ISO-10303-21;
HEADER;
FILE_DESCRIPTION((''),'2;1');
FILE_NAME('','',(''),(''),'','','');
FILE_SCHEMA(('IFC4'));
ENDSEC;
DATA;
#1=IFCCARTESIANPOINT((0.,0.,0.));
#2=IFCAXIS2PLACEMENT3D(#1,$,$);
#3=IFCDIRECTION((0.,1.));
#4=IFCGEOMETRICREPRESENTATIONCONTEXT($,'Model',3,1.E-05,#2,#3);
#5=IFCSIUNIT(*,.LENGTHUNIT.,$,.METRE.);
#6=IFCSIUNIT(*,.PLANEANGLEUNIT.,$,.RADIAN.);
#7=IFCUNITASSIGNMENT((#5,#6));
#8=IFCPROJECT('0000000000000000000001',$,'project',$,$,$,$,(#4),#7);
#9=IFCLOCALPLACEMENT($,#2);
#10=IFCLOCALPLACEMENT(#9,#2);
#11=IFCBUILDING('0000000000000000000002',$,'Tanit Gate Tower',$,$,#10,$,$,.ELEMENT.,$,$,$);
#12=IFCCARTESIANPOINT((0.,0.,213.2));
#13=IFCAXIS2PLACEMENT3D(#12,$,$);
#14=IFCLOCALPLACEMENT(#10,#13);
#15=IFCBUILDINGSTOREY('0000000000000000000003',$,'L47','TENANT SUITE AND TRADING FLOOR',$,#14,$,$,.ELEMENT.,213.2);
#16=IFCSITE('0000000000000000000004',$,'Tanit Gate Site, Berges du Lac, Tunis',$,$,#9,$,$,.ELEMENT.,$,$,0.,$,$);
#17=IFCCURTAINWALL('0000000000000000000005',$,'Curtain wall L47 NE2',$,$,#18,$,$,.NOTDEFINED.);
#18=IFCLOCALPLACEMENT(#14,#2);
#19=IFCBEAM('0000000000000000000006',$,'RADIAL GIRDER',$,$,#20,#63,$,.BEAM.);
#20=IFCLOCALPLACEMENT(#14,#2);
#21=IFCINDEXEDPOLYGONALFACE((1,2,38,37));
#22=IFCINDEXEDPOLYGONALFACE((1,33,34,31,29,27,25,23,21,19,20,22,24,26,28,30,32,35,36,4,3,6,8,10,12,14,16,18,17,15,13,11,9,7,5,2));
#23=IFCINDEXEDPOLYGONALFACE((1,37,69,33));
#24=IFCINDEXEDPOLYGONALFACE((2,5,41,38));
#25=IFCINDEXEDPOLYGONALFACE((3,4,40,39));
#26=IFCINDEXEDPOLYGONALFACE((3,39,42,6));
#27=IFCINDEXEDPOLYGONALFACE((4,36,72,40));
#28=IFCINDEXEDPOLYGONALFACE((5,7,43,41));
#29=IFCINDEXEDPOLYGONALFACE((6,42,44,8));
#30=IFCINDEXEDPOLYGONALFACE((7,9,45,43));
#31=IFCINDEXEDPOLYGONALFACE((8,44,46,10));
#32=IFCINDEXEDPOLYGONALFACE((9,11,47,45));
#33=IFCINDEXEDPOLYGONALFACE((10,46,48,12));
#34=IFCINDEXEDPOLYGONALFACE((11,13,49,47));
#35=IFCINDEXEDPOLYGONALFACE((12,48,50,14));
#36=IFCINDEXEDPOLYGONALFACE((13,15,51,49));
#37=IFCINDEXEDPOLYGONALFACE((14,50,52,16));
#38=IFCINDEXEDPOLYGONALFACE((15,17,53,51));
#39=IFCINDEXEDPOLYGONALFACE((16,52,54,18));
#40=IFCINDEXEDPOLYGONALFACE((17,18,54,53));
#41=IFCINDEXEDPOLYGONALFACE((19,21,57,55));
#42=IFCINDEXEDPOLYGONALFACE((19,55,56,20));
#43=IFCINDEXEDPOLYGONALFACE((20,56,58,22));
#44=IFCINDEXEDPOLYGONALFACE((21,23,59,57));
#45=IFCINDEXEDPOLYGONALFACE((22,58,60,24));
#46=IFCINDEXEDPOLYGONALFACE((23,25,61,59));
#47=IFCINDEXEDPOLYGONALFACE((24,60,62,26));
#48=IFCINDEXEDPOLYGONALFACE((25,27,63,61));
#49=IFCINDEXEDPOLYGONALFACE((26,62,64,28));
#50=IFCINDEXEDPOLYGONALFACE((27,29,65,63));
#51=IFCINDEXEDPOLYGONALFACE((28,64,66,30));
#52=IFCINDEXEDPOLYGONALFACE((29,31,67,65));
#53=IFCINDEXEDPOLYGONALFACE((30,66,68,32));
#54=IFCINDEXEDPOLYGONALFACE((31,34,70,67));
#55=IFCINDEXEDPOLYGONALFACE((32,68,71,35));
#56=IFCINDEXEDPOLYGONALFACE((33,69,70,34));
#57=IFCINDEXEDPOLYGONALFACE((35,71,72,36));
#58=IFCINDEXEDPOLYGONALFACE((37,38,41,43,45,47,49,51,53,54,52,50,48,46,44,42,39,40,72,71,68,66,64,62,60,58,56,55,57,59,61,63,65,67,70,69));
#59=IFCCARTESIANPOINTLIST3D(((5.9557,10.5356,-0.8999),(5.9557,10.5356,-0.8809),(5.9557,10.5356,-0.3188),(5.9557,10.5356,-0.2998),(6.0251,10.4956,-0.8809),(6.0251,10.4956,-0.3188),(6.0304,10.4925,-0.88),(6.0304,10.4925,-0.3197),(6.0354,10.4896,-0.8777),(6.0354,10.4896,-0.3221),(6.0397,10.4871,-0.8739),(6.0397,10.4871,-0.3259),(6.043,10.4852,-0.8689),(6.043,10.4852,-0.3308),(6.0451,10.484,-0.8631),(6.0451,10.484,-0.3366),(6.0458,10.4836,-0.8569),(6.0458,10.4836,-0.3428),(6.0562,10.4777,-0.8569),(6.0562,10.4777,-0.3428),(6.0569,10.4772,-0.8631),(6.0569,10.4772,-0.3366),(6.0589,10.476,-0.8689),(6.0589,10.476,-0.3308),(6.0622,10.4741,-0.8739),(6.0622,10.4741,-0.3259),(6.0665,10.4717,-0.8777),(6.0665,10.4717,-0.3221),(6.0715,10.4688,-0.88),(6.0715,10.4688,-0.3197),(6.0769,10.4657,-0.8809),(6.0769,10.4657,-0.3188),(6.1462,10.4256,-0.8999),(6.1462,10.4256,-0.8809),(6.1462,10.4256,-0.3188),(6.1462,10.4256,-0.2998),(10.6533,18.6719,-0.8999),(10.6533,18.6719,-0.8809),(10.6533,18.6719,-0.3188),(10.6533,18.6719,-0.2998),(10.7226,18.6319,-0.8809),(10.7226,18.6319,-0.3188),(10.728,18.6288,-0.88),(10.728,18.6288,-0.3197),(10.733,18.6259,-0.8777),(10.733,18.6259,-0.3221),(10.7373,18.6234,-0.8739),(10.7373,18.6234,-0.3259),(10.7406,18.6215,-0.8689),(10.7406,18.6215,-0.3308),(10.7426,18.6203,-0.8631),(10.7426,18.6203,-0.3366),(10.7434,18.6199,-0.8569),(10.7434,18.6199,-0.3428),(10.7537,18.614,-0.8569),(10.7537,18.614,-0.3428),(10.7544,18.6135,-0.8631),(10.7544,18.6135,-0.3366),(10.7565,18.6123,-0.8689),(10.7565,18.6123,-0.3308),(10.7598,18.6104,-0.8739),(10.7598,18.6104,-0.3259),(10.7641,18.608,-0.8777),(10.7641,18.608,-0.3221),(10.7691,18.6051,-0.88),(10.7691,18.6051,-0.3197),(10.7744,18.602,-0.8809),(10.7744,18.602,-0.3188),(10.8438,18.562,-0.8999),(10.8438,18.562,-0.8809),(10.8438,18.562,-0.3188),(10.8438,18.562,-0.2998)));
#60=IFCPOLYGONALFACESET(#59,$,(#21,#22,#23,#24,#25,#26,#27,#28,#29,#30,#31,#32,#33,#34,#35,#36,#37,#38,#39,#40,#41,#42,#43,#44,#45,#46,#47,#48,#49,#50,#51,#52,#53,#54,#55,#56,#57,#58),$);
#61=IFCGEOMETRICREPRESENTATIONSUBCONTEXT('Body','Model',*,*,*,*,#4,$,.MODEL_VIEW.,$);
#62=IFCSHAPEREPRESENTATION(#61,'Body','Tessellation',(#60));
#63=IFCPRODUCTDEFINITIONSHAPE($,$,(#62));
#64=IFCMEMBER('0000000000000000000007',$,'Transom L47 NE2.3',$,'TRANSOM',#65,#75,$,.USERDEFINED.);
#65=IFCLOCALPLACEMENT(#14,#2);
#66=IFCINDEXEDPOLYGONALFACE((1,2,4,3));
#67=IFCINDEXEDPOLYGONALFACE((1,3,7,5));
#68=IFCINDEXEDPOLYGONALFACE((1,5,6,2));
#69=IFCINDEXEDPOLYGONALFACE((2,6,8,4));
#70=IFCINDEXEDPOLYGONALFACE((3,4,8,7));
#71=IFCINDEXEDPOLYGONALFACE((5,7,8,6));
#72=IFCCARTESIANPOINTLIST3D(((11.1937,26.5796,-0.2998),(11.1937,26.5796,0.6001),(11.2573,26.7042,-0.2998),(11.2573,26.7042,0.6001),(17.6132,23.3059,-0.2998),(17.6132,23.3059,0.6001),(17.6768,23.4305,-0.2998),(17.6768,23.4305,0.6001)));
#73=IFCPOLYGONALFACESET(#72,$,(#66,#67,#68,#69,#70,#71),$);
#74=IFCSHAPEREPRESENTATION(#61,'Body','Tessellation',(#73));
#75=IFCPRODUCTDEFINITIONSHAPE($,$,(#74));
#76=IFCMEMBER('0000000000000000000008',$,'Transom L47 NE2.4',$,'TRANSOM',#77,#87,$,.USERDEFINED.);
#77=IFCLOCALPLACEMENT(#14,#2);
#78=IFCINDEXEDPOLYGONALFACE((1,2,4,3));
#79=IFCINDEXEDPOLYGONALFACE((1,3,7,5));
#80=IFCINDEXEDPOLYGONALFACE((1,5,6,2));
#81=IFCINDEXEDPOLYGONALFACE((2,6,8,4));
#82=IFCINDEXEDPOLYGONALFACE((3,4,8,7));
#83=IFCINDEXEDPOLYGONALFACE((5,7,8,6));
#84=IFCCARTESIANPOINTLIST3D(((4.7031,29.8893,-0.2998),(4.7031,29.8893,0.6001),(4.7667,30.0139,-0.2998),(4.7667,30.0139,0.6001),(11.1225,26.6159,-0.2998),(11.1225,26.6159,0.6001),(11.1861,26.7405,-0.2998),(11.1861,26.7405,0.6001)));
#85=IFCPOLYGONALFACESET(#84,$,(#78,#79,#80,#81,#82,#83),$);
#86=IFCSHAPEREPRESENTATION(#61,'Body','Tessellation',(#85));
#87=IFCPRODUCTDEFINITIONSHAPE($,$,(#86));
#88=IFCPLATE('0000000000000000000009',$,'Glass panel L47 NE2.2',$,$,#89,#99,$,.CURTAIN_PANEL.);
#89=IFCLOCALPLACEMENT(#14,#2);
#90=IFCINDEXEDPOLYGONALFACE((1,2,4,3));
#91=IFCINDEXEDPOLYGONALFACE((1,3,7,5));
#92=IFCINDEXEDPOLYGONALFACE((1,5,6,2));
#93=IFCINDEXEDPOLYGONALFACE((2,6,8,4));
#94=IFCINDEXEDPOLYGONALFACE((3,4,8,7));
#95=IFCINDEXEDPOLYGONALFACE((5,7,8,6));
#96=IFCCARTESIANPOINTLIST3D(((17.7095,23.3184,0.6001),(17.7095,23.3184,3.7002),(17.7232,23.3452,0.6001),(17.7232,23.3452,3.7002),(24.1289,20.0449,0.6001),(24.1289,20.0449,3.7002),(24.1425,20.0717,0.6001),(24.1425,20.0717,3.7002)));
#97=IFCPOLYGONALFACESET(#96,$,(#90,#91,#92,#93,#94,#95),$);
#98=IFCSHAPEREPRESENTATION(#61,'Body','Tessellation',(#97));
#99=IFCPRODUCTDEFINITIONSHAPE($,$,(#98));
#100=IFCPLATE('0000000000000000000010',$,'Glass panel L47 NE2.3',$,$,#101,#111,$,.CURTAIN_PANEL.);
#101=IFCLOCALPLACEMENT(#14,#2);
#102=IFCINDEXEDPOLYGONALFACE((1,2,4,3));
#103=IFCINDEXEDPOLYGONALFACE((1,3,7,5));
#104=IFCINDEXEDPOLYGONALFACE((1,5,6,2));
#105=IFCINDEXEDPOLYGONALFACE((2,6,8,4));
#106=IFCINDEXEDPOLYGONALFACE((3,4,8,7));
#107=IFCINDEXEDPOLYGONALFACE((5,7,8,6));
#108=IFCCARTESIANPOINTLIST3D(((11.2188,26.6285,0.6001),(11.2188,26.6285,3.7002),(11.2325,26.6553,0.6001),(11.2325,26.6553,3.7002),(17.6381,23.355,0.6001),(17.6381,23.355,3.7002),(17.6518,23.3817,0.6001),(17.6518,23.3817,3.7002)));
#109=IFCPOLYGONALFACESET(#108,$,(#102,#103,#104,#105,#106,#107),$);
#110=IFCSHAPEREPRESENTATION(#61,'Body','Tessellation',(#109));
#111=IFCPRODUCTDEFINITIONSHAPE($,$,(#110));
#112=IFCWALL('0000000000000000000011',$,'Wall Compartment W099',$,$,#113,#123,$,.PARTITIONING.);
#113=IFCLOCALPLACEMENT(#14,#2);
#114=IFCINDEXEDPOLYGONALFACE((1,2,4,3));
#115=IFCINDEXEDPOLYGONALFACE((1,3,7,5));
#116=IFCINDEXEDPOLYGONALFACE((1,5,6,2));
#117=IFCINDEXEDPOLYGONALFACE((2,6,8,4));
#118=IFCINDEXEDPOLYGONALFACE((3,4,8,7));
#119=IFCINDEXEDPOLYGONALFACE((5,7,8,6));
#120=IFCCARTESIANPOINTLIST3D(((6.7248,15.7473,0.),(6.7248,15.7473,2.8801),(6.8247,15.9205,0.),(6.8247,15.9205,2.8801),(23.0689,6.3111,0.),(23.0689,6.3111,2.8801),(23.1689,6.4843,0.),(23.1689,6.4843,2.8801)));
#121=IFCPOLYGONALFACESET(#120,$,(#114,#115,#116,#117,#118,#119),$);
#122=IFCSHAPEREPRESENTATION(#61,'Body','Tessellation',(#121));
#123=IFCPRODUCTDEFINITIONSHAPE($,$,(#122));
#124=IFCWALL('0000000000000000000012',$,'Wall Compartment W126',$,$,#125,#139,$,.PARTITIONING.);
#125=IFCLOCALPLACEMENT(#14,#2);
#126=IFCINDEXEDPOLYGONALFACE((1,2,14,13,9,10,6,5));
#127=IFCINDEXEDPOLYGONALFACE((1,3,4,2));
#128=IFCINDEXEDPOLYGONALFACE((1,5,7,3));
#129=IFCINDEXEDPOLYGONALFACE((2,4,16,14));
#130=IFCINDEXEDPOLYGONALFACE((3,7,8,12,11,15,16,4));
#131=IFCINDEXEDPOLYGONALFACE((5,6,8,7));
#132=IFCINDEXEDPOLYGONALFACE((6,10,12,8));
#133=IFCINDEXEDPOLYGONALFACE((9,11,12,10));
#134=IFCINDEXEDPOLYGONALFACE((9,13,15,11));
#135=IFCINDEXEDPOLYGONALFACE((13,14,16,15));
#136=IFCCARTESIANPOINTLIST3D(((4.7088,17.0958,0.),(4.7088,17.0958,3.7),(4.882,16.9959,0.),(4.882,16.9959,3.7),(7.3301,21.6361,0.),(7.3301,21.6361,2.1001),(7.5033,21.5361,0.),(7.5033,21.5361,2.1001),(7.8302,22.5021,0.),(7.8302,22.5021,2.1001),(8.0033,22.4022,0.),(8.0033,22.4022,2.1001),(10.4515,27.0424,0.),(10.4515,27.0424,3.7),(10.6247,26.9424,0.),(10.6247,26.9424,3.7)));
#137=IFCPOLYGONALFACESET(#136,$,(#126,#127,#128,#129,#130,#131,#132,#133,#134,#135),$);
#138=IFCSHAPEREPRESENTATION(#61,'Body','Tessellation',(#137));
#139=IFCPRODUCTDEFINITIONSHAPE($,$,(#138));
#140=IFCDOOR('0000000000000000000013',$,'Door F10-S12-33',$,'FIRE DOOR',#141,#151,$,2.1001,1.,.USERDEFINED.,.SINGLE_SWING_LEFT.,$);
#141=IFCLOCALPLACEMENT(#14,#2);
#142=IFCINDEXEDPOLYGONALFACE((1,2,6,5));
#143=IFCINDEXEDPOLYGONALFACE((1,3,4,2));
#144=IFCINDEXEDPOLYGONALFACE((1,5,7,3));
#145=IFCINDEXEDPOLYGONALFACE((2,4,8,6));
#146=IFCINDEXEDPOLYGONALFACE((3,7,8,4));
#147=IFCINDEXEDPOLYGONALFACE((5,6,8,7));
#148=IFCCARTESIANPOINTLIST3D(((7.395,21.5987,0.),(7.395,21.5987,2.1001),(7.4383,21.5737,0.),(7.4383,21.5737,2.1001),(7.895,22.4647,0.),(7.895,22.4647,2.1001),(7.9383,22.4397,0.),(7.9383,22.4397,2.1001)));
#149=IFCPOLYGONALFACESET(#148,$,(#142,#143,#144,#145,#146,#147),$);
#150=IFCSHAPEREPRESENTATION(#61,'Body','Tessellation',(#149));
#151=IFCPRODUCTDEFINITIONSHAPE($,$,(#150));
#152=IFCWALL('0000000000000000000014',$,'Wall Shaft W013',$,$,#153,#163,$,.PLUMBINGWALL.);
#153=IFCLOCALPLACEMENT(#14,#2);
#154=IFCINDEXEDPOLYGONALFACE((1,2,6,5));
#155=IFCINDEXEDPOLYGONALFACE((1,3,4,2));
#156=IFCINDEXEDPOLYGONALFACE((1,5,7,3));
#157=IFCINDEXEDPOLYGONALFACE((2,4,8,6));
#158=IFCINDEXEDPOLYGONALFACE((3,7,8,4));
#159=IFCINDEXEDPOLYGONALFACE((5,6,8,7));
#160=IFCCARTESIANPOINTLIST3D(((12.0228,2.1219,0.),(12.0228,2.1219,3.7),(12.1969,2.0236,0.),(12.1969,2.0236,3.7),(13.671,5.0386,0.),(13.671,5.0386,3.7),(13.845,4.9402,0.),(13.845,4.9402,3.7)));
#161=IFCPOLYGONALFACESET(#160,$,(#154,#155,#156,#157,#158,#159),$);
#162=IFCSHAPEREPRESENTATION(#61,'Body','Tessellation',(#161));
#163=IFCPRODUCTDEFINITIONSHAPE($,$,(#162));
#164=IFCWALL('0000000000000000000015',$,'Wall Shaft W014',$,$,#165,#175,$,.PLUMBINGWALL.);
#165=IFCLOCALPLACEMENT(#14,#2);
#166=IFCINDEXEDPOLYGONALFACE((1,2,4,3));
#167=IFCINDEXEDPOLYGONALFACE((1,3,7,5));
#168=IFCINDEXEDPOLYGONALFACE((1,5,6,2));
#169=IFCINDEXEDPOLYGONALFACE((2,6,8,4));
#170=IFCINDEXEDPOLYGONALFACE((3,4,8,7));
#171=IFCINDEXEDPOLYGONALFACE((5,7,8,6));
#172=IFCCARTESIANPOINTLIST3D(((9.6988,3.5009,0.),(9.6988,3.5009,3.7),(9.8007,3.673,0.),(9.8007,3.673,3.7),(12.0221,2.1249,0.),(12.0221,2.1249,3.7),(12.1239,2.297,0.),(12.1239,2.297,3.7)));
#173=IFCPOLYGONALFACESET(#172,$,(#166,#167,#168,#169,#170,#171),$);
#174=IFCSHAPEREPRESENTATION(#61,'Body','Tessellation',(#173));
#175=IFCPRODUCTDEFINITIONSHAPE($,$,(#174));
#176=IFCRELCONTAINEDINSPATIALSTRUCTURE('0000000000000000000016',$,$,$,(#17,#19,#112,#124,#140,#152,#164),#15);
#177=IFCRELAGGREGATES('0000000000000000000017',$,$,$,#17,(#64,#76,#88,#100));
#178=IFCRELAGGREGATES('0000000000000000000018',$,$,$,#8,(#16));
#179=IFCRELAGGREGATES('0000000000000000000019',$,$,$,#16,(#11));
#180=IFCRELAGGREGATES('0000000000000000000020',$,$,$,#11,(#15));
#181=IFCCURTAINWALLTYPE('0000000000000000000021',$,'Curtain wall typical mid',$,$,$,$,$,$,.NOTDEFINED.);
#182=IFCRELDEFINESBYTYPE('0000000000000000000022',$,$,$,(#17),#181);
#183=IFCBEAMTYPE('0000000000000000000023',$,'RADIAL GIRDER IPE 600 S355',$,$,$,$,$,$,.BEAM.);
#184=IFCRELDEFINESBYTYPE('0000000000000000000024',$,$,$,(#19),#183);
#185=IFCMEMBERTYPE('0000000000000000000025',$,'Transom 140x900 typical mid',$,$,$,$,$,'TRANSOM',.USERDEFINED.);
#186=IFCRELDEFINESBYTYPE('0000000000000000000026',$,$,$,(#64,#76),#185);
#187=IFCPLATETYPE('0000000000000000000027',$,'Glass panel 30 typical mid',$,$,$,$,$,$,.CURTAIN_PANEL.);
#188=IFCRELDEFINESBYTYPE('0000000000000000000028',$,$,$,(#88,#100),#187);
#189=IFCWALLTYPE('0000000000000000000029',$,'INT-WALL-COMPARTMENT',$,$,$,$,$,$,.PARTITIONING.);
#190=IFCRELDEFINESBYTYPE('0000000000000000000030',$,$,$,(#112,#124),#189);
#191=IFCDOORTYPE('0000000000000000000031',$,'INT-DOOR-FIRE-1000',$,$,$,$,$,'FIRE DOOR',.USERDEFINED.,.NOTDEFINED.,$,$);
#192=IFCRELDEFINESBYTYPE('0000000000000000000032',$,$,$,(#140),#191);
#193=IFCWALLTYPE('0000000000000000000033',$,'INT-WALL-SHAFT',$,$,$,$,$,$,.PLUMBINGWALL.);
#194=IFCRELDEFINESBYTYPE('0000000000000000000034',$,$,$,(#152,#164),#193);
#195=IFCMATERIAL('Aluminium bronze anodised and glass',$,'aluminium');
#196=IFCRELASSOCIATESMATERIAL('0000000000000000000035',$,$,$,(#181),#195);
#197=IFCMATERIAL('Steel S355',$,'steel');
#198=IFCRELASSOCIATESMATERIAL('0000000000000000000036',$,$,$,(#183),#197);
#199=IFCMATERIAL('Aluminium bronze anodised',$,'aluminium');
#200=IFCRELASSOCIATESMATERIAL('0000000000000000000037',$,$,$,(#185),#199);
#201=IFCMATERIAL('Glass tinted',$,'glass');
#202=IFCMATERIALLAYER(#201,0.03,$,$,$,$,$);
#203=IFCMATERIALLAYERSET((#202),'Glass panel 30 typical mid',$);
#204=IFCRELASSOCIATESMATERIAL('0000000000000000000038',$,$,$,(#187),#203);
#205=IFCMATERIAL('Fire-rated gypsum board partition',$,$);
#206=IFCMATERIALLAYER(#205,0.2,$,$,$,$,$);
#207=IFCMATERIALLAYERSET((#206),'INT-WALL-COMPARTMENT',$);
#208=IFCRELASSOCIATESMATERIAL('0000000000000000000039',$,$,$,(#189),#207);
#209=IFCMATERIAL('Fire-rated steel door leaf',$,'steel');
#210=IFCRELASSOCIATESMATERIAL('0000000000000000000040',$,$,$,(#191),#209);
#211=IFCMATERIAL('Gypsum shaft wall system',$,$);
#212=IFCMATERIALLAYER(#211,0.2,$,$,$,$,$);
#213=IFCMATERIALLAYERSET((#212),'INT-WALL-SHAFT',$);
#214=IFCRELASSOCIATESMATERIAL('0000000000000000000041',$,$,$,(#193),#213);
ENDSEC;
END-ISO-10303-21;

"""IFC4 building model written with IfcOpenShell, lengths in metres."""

from ifc_helpers import new_model, si_unit, direction, frame, frame_2d, origin, origin_2d, place, context, subcontext, project, spatial, rectangle, i_section, extrude, material, layer, layer_set, material_profile, profile_set, type_object, element, fill, aggregate, save


model = new_model("IFC4")

# Units and contexts
model_context = context("Model", 3, precision=1e-05, world=origin(), true_north=direction((0.0, 1.0)))
body_context = subcontext(model_context, "Body", "Model", "MODEL_VIEW")
ifc_project = project(units=[si_unit("LENGTHUNIT", "METRE"), si_unit("PLANEANGLEUNIT", "RADIAN")], contexts=[model_context])

# Site, building, storey
site_placement = place(None, origin())
site = spatial("IfcSite", under=ifc_project, at=site_placement, Name="Tanit Gate Site, Berges du Lac, Tunis", CompositionType="ELEMENT", RefElevation=0.0)
building_placement = place(site_placement, origin())
building = spatial("IfcBuilding", under=site, at=building_placement, Name="Tanit Gate Tower", CompositionType="ELEMENT")
storey_placement = place(building_placement, frame((0.0, 0.0, 213.2)))
storey = spatial("IfcBuildingStorey", under=building, at=storey_placement, Name="L47", Description="TENANT SUITE AND TRADING FLOOR", CompositionType="ELEMENT", Elevation=213.2)

# Curtain wall
ifc_material_1 = material(Name="Aluminium bronze anodised and glass", Category="aluminium")
curtain_wall_type = type_object("IfcCurtainWallType", Name="Curtain wall typical mid", PredefinedType="NOTDEFINED", material=ifc_material_1)
curtain_wall_placement = place(storey_placement, origin())
curtain_wall = element("IfcCurtainWall", 1, at=curtain_wall_placement, inside=storey, type_object=curtain_wall_type, Name="Curtain wall L47 NE2", PredefinedType="NOTDEFINED")

# Beam
ifc_material_2 = material(Name="Steel S355", Category="steel")
ifc_material_profile_1 = material_profile(ifc_material_2, i_section(OverallWidth=0.22, OverallDepth=0.6001, WebThickness=0.012, FlangeThickness=0.019, FilletRadius=0.0239, at=origin_2d()), Name="IPE 600")
ifc_profile_set_1 = profile_set([ifc_material_profile_1], Name="Steel S355")
beam_type_1 = type_object("IfcBeamType", Name="RADIAL GIRDER IPE 600 S355", PredefinedType="BEAM", material=ifc_profile_set_1)
beam_1_placement = place(storey_placement, frame((10.7485, 18.6169, -0.5999), z_axis=(-0.500004, -0.866023, 0.0), x_axis=(0.866023, -0.500004, 0.0)))
element("IfcBeam", 2, at=beam_1_placement, inside=storey, type_object=beam_type_1, Name="RADIAL GIRDER", PredefinedType="BEAM", context=body_context, shape_type="SweptSolid", body=[
    extrude(i_section(OverallWidth=0.22, OverallDepth=0.6001, WebThickness=0.012, FlangeThickness=0.019, FilletRadius=0.0239, at=origin_2d()), origin(), (0.0, 0.0, 1.0), 9.395),
])

# Members
ifc_material_3 = material(Name="Aluminium bronze anodised", Category="aluminium")
ifc_material_profile_2 = material_profile(ifc_material_3, rectangle(XDim=0.1399, YDim=0.8999, at=origin_2d()), Name="140x900 bronze transom")
ifc_profile_set_2 = profile_set([ifc_material_profile_2], Name="Aluminium bronze anodised")
member_type_1 = type_object("IfcMemberType", Name="Transom 140x900 typical mid", ElementType="TRANSOM", PredefinedType="USERDEFINED", material=ifc_profile_set_2)
member_1_placement = place(storey_placement, frame((17.645, 23.3682, 0.1501), z_axis=(-0.890848, 0.454301, 0.0), x_axis=(-0.454301, -0.890848, 0.0)))
member_1 = element("IfcMember", 3, at=member_1_placement, type_object=member_type_1, Name="Transom L47 NE2.3", ObjectType="TRANSOM", PredefinedType="USERDEFINED", context=body_context, shape_type="SweptSolid", body=[
    extrude(rectangle(XDim=0.1399, YDim=0.8999, at=origin_2d()), origin(), (0.0, 0.0, 1.0), 7.2061),
])
member_2_placement = place(storey_placement, frame((11.1543, 26.6782, 0.1501), z_axis=(-0.890862, 0.454274, 0.0), x_axis=(-0.454274, -0.890862, 0.0)))
member_2 = element("IfcMember", 4, at=member_2_placement, type_object=member_type_1, Name="Transom L47 NE2.4", ObjectType="TRANSOM", PredefinedType="USERDEFINED", context=body_context, shape_type="SweptSolid", body=[
    extrude(rectangle(XDim=0.1399, YDim=0.8999, at=origin_2d()), origin(), (0.0, 0.0, 1.0), 7.2058),
])

# Plates
ifc_material_4 = material(Name="Glass tinted", Category="glass")
ifc_layer_1 = layer(ifc_material_4, 0.03)
ifc_layer_set_1 = layer_set([ifc_layer_1], Name="Glass panel 30 typical mid")
plate_type = type_object("IfcPlateType", Name="Glass panel 30 typical mid", PredefinedType="CURTAIN_PANEL", material=ifc_layer_set_1)
plate_1_placement = place(storey_placement, frame((20.926, 21.6951, 0.6001), z_axis=(0.0, 0.0, 1.0), x_axis=(-0.890855, 0.454288, 0.0)))
plate_1 = element("IfcPlate", 5, at=plate_1_placement, type_object=plate_type, Name="Glass panel L47 NE2.2", PredefinedType="CURTAIN_PANEL", context=body_context, shape_type="SweptSolid", body=[
    extrude(rectangle(XDim=7.2058, YDim=0.03, at=origin_2d()), origin(), (0.0, 0.0, 1.0), 3.1001),
])
plate_2_placement = place(storey_placement, frame((14.4353, 25.0051, 0.6001), z_axis=(0.0, 0.0, 1.0), x_axis=(-0.890855, 0.454288, 0.0)))
plate_2 = element("IfcPlate", 6, at=plate_2_placement, type_object=plate_type, Name="Glass panel L47 NE2.3", PredefinedType="CURTAIN_PANEL", context=body_context, shape_type="SweptSolid", body=[
    extrude(rectangle(XDim=7.2058, YDim=0.03, at=origin_2d()), origin(), (0.0, 0.0, 1.0), 3.1001),
])
aggregate(curtain_wall, [member_1, member_2, plate_1, plate_2])

# Wall
ifc_material_5 = material(Name="Fire-rated gypsum board partition")
ifc_layer_2 = layer(ifc_material_5, 0.2)
ifc_layer_set_2 = layer_set([ifc_layer_2], Name="INT-WALL-COMPARTMENT")
wall_type_1 = type_object("IfcWallType", Name="INT-WALL-COMPARTMENT", PredefinedType="PARTITIONING", material=ifc_layer_set_2)
wall_1_placement = place(storey_placement, frame((23.1189, 6.3977, 0.0), z_axis=(0.0, 0.0, 1.0), x_axis=(-0.866027, 0.499997, 0.0)))
element("IfcWall", 7, at=wall_1_placement, inside=storey, type_object=wall_type_1, Name="Wall Compartment W099", PredefinedType="PARTITIONING", context=body_context, shape_type="SweptSolid", body=[
    extrude(rectangle(XDim=18.8726, YDim=0.2, at=frame_2d((9.4363, 0.0))), origin(), (0.0, 0.0, 1.0), 2.8801),
])

# Wall, opening, door
wall_2_placement = place(storey_placement, frame((10.5381, 26.9924, 0.0), z_axis=(0.0, 0.0, 1.0), x_axis=(-0.500003, -0.866024, 0.0)))
wall_2 = element("IfcWall", 8, at=wall_2_placement, inside=storey, type_object=wall_type_1, Name="Wall Compartment W126", PredefinedType="PARTITIONING", context=body_context, shape_type="SweptSolid", body=[
    extrude(rectangle(XDim=11.4854, YDim=0.2, at=frame_2d((5.7427, 0.0))), origin(), (0.0, 0.0, 1.0), 3.7),
])
opening_1_placement = place(wall_2_placement, frame((5.2427, 0.0, 0.0)))
opening_1 = element("IfcOpeningElement", 9, at=opening_1_placement, cuts=wall_2, PredefinedType="OPENING", context=body_context, shape_type="SweptSolid", body=[
    extrude(rectangle(XDim=1.0, YDim=2.1001, at=frame_2d((0.5, 1.05))), frame((0.0, 0.1099, 0.0), z_axis=(0.0, -1.0, 0.0), x_axis=(1.0, 0.0, 0.0)), (0.0, 0.0, 1.0), 0.22),
])
ifc_material_6 = material(Name="Fire-rated steel door leaf", Category="steel")
door_type_1 = type_object("IfcDoorType", Name="INT-DOOR-FIRE-1000", ElementType="FIRE DOOR", OperationType="NOTDEFINED", PredefinedType="USERDEFINED", material=ifc_material_6)
door_1_placement = place(opening_1_placement, origin())
door_1 = element("IfcDoor", 10, at=door_1_placement, inside=storey, type_object=door_type_1, Name="Door F10-S12-33", ObjectType="FIRE DOOR", OperationType="SINGLE_SWING_LEFT", OverallHeight=2.1001, OverallWidth=1.0, PredefinedType="USERDEFINED", context=body_context, shape_type="SweptSolid", body=[
    extrude(rectangle(XDim=1.0, YDim=2.1001, at=frame_2d((0.5, 1.05))), frame((0.0, 0.0249, 0.0), z_axis=(0.0, -1.0, 0.0), x_axis=(1.0, 0.0, 0.0)), (0.0, 0.0, 1.0), 0.05),
])
fill(opening_1, door_1)

# Walls
ifc_material_7 = material(Name="Gypsum shaft wall system")
ifc_layer_3 = layer(ifc_material_7, 0.2)
ifc_layer_set_3 = layer_set([ifc_layer_3], Name="INT-WALL-SHAFT")
wall_type_2 = type_object("IfcWallType", Name="INT-WALL-SHAFT", PredefinedType="PLUMBINGWALL", material=ifc_layer_set_3)
wall_3_placement = place(storey_placement, frame((12.1099, 2.0728, 0.0), z_axis=(0.0, 0.0, 1.0), x_axis=(0.491966, 0.870614, 0.0)))
element("IfcWall", 11, at=wall_3_placement, inside=storey, type_object=wall_type_2, Name="Wall Shaft W013", PredefinedType="PLUMBINGWALL", context=body_context, shape_type="SweptSolid", body=[
    extrude(rectangle(XDim=3.3501, YDim=0.2, at=frame_2d((1.675, 0.0))), origin(), (0.0, 0.0, 1.0), 3.7),
])
wall_4_placement = place(storey_placement, frame((12.073, 2.2109, 0.0), z_axis=(0.0, 0.0, 1.0), x_axis=(-0.860415, 0.509594, 0.0)))
element("IfcWall", 12, at=wall_4_placement, inside=storey, type_object=wall_type_2, Name="Wall Shaft W014", PredefinedType="PLUMBINGWALL", context=body_context, shape_type="SweptSolid", body=[
    extrude(rectangle(XDim=2.7002, YDim=0.2, at=frame_2d((1.3501, 0.0))), origin(), (0.0, 0.0, 1.0), 3.7),
])

save(model, "model.ifc")
